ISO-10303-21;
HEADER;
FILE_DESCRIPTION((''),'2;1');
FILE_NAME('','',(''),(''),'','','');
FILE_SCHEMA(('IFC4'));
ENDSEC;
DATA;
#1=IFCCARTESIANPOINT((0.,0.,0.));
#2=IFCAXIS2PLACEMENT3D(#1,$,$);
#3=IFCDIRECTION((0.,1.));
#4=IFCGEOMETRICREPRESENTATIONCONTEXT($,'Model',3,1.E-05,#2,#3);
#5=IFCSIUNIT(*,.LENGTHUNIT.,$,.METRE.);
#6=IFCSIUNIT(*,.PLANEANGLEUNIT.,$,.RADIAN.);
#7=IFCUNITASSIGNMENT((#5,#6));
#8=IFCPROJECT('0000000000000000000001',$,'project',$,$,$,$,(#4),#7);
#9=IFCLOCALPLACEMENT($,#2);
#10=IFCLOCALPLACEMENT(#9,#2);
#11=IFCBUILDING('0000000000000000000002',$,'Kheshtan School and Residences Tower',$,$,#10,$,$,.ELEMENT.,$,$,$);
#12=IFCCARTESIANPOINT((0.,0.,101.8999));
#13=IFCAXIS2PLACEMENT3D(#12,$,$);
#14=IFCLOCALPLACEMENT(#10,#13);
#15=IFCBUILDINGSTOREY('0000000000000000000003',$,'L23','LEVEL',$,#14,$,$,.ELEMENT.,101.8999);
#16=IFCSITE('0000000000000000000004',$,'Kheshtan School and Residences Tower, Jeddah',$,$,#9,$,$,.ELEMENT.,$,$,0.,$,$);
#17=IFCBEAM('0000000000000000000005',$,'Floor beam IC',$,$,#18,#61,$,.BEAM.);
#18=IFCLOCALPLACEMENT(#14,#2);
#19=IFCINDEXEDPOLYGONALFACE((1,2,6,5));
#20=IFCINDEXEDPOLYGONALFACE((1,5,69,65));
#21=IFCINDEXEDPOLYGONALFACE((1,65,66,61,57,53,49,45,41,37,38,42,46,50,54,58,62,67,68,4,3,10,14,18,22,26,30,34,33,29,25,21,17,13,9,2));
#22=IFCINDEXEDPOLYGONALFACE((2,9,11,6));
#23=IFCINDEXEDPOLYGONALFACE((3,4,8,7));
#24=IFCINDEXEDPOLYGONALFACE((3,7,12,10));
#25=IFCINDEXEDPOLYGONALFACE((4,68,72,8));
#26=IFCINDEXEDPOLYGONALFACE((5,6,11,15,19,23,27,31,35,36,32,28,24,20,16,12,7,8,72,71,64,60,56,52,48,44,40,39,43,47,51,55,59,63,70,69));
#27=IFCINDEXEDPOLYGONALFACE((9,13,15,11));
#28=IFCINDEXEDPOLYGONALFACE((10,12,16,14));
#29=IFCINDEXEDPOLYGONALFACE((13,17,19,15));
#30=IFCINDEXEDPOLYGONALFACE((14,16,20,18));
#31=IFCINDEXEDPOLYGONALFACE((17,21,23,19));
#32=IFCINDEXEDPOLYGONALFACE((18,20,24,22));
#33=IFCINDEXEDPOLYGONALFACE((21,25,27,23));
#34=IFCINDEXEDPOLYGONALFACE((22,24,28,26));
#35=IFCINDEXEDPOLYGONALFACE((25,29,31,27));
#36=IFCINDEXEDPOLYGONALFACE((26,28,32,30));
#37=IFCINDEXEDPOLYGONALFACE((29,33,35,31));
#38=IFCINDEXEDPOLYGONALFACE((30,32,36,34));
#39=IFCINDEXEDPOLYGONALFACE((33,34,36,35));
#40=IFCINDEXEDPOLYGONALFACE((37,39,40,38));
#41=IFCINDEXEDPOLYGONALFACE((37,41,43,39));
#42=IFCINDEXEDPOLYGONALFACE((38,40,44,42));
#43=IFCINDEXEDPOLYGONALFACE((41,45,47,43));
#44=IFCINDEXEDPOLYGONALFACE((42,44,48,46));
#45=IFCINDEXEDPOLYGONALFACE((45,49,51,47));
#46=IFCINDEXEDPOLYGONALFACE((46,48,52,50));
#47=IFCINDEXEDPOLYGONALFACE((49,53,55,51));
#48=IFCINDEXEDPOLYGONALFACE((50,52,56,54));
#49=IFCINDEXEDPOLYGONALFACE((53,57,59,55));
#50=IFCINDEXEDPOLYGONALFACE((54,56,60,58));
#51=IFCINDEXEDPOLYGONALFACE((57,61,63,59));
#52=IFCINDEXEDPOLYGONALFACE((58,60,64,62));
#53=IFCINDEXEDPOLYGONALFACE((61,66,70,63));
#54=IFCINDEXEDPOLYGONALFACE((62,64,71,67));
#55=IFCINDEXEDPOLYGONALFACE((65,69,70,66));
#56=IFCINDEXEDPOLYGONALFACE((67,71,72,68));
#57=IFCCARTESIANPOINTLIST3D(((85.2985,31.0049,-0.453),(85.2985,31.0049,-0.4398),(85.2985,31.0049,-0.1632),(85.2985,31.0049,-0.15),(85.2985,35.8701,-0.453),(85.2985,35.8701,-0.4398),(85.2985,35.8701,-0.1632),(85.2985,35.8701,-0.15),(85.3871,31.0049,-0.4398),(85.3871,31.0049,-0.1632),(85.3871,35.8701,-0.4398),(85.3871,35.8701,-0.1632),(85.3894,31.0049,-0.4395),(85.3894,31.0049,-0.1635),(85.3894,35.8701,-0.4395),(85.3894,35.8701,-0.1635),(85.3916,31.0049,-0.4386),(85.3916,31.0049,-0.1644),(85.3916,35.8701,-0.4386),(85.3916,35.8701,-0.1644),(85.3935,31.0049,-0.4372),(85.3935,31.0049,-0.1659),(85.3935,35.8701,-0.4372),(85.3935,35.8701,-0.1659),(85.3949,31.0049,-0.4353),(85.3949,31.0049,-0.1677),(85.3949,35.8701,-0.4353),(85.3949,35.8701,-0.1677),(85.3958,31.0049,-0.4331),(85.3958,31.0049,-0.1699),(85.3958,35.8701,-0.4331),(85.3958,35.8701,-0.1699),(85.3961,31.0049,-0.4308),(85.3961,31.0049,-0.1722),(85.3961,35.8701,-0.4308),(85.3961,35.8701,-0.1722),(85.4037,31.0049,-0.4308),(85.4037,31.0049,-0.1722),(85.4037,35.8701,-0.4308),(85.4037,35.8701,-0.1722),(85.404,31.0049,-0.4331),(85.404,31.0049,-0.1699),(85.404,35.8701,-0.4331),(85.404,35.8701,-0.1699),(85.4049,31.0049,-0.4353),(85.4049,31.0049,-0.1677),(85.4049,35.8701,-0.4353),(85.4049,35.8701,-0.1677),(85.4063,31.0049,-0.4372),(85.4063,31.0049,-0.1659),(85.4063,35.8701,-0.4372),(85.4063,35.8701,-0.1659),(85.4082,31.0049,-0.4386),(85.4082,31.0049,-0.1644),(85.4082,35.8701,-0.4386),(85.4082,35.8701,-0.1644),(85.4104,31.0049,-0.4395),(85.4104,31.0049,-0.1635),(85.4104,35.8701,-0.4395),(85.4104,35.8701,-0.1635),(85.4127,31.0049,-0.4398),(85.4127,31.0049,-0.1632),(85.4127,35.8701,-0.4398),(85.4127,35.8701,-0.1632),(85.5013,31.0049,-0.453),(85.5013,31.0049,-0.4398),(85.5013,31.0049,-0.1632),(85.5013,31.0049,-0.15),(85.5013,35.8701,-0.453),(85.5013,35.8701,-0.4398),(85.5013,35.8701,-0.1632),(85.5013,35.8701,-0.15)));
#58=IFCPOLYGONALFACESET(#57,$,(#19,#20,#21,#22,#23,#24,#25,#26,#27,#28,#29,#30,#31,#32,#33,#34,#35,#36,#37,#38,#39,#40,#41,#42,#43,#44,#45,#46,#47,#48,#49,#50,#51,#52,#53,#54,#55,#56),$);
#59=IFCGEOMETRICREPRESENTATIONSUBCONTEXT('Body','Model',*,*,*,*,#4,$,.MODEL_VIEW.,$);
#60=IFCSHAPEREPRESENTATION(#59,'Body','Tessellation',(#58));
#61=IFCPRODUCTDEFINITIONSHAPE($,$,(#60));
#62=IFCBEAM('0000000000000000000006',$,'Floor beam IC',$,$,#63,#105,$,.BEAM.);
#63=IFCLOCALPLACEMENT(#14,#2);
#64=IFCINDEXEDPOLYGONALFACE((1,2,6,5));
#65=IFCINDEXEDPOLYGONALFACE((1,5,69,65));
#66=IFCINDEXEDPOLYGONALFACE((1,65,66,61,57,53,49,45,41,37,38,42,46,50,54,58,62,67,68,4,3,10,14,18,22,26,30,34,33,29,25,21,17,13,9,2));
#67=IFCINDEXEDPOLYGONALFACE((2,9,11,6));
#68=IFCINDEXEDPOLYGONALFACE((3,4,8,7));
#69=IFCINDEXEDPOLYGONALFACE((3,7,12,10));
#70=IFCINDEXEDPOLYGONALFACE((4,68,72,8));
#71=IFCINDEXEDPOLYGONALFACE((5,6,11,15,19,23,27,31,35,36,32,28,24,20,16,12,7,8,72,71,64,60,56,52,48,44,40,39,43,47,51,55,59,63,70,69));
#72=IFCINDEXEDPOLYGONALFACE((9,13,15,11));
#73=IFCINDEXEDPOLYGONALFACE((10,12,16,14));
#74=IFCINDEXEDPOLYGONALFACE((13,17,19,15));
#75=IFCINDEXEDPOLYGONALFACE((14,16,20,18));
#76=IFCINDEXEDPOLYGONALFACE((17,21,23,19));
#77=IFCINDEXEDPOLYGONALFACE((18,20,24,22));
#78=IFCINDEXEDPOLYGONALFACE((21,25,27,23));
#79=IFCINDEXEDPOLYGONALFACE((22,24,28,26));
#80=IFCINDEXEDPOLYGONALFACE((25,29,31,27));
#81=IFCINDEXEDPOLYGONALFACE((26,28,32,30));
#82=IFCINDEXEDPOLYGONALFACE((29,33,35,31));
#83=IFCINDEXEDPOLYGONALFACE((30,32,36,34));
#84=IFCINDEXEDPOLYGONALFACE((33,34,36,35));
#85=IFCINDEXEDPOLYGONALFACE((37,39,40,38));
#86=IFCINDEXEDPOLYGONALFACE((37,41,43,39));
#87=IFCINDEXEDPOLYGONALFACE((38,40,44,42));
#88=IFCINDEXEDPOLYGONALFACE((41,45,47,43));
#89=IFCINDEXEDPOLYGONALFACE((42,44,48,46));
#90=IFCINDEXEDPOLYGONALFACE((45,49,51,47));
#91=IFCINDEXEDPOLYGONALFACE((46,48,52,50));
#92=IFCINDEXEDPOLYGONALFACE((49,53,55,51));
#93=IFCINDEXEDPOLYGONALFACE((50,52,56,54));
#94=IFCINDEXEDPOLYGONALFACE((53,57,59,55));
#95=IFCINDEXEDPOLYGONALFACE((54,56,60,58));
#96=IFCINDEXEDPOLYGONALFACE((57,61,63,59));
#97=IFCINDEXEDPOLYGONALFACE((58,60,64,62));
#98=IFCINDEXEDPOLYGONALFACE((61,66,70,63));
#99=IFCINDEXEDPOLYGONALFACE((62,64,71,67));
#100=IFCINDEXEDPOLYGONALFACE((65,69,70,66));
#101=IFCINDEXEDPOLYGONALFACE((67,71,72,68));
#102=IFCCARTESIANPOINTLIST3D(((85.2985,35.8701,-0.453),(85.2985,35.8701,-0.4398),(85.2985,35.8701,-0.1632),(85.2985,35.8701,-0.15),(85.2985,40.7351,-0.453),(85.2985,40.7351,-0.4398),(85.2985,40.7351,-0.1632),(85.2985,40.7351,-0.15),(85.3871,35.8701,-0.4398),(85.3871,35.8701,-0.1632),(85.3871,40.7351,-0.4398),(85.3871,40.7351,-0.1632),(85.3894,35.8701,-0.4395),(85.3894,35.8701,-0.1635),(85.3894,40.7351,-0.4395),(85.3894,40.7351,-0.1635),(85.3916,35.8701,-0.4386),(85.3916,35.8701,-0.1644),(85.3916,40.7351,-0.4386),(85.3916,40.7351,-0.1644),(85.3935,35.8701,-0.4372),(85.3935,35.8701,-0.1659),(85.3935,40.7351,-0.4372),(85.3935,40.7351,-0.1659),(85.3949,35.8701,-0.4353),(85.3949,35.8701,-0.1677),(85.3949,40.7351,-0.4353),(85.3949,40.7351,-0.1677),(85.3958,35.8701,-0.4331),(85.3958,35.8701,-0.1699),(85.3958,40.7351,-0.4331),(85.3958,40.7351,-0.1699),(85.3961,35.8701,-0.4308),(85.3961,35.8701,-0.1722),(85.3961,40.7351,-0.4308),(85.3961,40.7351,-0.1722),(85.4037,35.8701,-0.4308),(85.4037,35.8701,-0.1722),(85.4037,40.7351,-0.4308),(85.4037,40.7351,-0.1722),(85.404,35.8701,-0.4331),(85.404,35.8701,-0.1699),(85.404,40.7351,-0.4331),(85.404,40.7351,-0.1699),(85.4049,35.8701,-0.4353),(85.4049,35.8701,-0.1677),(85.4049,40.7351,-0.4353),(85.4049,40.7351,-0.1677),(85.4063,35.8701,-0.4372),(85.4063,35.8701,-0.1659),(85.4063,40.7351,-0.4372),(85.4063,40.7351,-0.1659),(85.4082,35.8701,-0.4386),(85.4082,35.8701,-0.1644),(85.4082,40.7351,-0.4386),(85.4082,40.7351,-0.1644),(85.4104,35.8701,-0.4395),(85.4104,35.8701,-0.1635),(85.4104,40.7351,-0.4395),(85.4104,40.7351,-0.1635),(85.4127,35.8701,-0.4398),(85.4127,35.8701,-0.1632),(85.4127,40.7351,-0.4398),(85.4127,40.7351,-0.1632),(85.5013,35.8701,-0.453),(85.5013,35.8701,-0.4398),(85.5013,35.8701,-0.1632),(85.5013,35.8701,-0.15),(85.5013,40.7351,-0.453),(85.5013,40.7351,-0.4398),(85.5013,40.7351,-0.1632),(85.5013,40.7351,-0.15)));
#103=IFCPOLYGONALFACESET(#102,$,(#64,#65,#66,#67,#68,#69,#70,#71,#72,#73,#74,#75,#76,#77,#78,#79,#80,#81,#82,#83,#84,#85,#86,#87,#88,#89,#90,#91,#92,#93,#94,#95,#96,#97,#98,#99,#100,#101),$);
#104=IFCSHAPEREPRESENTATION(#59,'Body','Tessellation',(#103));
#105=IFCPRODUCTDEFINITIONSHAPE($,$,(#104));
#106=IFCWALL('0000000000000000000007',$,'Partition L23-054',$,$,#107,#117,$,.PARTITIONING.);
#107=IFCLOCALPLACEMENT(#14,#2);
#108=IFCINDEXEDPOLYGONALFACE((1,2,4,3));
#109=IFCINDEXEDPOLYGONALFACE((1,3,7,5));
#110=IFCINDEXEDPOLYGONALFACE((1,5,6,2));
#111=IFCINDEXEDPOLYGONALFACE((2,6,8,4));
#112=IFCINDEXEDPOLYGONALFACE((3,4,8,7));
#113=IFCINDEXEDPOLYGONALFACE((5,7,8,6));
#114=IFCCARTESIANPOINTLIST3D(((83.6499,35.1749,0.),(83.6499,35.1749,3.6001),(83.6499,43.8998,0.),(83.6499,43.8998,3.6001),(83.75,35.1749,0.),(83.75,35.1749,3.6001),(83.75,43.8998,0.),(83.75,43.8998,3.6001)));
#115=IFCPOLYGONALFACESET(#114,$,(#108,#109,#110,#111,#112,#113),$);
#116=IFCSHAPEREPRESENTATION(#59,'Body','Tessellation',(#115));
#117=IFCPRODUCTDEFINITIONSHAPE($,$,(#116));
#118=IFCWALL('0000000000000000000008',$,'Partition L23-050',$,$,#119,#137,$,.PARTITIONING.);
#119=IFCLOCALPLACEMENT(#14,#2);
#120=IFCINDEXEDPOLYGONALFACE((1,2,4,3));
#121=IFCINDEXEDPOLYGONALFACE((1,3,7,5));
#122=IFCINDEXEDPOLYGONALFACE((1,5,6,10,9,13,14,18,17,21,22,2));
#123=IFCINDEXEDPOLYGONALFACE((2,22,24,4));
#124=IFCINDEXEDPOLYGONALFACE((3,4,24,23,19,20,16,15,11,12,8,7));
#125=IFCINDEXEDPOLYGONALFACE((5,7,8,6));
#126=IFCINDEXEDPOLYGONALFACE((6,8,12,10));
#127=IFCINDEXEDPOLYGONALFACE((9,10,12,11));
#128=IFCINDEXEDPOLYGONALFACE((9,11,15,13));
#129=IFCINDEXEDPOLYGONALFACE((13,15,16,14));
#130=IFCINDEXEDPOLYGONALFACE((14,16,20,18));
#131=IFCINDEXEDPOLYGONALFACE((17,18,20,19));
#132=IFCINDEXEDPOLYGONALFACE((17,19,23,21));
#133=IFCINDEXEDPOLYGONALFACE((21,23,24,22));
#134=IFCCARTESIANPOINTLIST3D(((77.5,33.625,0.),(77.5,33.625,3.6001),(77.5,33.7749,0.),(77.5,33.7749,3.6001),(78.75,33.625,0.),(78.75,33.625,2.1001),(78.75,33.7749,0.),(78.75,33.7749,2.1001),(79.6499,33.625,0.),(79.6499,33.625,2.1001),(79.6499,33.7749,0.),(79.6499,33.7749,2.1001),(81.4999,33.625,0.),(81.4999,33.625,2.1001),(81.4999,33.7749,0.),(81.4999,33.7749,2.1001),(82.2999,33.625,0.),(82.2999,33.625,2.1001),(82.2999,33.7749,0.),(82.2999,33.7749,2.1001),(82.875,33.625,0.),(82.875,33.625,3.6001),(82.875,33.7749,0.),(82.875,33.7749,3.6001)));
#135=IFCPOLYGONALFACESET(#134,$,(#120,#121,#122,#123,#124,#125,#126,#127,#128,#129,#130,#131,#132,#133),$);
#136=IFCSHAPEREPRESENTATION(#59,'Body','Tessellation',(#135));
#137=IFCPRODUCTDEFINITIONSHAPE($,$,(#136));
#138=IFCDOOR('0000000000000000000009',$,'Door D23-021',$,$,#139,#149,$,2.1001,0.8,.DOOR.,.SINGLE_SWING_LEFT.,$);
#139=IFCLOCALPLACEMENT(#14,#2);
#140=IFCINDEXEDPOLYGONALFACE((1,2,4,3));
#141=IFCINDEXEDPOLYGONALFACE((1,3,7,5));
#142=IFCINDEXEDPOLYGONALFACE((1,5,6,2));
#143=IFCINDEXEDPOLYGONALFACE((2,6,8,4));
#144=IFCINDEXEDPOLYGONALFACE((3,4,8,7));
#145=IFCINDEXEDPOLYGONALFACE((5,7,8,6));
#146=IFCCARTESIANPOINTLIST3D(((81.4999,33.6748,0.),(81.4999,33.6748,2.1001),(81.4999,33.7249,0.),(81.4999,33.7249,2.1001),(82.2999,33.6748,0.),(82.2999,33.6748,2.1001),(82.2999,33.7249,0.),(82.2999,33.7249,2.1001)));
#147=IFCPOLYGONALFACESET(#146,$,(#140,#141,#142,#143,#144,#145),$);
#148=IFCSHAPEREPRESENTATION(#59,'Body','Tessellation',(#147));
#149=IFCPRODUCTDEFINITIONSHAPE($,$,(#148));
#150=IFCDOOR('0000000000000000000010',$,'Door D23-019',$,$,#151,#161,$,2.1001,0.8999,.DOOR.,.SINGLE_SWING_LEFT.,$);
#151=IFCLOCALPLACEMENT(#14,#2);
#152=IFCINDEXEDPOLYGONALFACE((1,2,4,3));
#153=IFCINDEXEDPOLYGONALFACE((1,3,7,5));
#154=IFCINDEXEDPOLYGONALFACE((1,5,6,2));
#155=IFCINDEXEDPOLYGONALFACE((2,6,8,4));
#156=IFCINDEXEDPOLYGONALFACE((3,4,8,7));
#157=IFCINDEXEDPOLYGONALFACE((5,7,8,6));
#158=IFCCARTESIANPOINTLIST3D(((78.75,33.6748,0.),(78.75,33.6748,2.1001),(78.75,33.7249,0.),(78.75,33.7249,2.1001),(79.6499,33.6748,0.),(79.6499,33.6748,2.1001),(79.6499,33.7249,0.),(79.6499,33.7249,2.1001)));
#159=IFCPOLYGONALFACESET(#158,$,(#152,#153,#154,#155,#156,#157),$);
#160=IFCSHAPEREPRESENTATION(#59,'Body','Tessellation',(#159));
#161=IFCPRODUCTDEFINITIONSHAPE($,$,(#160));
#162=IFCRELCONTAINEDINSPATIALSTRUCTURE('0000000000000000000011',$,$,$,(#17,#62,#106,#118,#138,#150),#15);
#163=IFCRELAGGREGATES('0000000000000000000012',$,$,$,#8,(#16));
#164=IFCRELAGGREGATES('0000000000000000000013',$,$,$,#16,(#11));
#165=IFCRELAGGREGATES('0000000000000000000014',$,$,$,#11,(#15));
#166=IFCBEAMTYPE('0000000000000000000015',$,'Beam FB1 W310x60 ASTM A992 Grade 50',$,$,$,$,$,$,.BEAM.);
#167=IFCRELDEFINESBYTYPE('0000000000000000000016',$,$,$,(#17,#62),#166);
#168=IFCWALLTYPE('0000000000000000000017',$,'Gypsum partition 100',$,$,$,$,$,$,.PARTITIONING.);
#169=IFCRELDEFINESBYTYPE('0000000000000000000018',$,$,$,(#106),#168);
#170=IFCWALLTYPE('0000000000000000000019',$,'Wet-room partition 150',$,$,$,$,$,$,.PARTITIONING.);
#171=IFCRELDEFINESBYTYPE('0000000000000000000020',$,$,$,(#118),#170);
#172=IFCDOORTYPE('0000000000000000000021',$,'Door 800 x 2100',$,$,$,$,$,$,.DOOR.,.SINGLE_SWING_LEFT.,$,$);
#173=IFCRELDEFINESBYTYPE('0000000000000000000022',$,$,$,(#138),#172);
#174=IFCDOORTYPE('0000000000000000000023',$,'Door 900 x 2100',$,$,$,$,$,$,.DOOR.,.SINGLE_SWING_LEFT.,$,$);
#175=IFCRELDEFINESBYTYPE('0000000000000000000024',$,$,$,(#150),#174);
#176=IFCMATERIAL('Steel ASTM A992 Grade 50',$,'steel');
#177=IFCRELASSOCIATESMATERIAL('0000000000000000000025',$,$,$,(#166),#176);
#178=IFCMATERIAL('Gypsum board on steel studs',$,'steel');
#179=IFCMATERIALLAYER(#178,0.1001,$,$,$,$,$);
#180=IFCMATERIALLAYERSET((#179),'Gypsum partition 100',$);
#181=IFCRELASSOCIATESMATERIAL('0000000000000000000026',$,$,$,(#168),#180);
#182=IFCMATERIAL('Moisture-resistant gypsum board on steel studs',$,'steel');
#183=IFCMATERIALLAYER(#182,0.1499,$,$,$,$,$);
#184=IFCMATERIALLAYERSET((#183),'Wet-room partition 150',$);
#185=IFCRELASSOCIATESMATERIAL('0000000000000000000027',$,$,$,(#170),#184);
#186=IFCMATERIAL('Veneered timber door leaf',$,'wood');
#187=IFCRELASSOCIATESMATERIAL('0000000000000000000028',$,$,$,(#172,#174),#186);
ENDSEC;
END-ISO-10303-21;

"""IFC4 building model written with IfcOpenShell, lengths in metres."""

from ifc_helpers import new_model, si_unit, direction, frame, frame_2d, origin, origin_2d, place, context, subcontext, project, spatial, rectangle, i_section, extrude, source, transform, mapped, material, layer, layer_set, material_profile, profile_set, type_object, element, fill, save


model = new_model("IFC4")

# Units and contexts
model_context = context("Model", 3, precision=1e-05, world=origin(), true_north=direction((0.0, 1.0)))
body_context = subcontext(model_context, "Body", "Model", "MODEL_VIEW")
ifc_project = project(units=[si_unit("LENGTHUNIT", "METRE"), si_unit("PLANEANGLEUNIT", "RADIAN")], contexts=[model_context])

# Site, building, storey
site_placement = place(None, origin())
site = spatial("IfcSite", under=ifc_project, at=site_placement, Name="Kheshtan School and Residences Tower, Jeddah", CompositionType="ELEMENT", RefElevation=0.0)
building_placement = place(site_placement, origin())
building = spatial("IfcBuilding", under=site, at=building_placement, Name="Kheshtan School and Residences Tower", CompositionType="ELEMENT")
storey_placement = place(building_placement, frame((0.0, 0.0, 101.8999)))
storey = spatial("IfcBuildingStorey", under=building, at=storey_placement, Name="L23", Description="LEVEL", CompositionType="ELEMENT", Elevation=101.8999)

# Beams
ifc_material_1 = material(Name="Steel ASTM A992 Grade 50", Category="steel")
ifc_material_profile_1 = material_profile(ifc_material_1, i_section(OverallWidth=0.2029, OverallDepth=0.303, WebThickness=0.0076, FlangeThickness=0.0132, FilletRadius=0.009, at=origin_2d()), Name="W310x60")
ifc_profile_set_1 = profile_set([ifc_material_profile_1], Name="Steel ASTM A992 Grade 50")
beam_type = type_object("IfcBeamType", Name="Beam FB1 W310x60 ASTM A992 Grade 50", PredefinedType="BEAM", material=ifc_profile_set_1)
beam_1_placement = place(storey_placement, frame((85.3999, 31.0049, -0.3015), z_axis=(0.0, 1.0, 0.0), x_axis=(-1.0, 0.0, 0.0)))
element("IfcBeam", 1, at=beam_1_placement, inside=storey, type_object=beam_type, Name="Floor beam IC", PredefinedType="BEAM", context=body_context, shape_type="SweptSolid", body=[
    extrude(i_section(OverallWidth=0.2029, OverallDepth=0.303, WebThickness=0.0076, FlangeThickness=0.0132, FilletRadius=0.009, at=origin_2d()), origin(), (0.0, 0.0, 1.0), 4.8652),
])
beam_2_placement = place(storey_placement, frame((85.3999, 40.7351, -0.3015), z_axis=(0.0, -1.0, 0.0), x_axis=(1.0, 0.0, 0.0)))
element("IfcBeam", 2, at=beam_2_placement, inside=storey, type_object=beam_type, Name="Floor beam IC", PredefinedType="BEAM", context=body_context, shape_type="SweptSolid", body=[
    extrude(i_section(OverallWidth=0.2029, OverallDepth=0.303, WebThickness=0.0076, FlangeThickness=0.0132, FilletRadius=0.009, at=origin_2d()), origin(), (0.0, 0.0, 1.0), 4.865),
])

# Wall
ifc_material_2 = material(Name="Gypsum board on steel studs", Category="steel")
ifc_layer_1 = layer(ifc_material_2, 0.1001)
ifc_layer_set_1 = layer_set([ifc_layer_1], Name="Gypsum partition 100")
wall_type_1 = type_object("IfcWallType", Name="Gypsum partition 100", PredefinedType="PARTITIONING", material=ifc_layer_set_1)
wall_1_placement = place(storey_placement, frame((83.7, 35.175, 0.0), z_axis=(0.0, 0.0, 1.0), x_axis=(0.0, 1.0, 0.0)))
element("IfcWall", 3, at=wall_1_placement, inside=storey, type_object=wall_type_1, Name="Partition L23-054", PredefinedType="PARTITIONING", context=body_context, shape_type="SweptSolid", body=[
    extrude(rectangle(XDim=8.7249, YDim=0.1001, at=frame_2d((4.3623, 0.0))), origin(), (0.0, 0.0, 1.0), 3.6001),
])

# Wall, openings, doors
ifc_material_3 = material(Name="Moisture-resistant gypsum board on steel studs", Category="steel")
ifc_layer_2 = layer(ifc_material_3, 0.1499)
ifc_layer_set_2 = layer_set([ifc_layer_2], Name="Wet-room partition 150")
wall_type_2 = type_object("IfcWallType", Name="Wet-room partition 150", PredefinedType="PARTITIONING", material=ifc_layer_set_2)
wall_2_placement = place(storey_placement, frame((77.5, 33.7, 0.0), z_axis=(0.0, 0.0, 1.0), x_axis=(1.0, 0.0, 0.0)))
wall_2 = element("IfcWall", 4, at=wall_2_placement, inside=storey, type_object=wall_type_2, Name="Partition L23-050", PredefinedType="PARTITIONING", context=body_context, shape_type="SweptSolid", body=[
    extrude(rectangle(XDim=5.375, YDim=0.1499, at=frame_2d((2.6875, 0.0))), origin(), (0.0, 0.0, 1.0), 3.6001),
])
opening_1_placement = place(wall_2_placement, frame((1.25, 0.0, 0.0)))
opening_1 = element("IfcOpeningElement", 5, at=opening_1_placement, cuts=wall_2, PredefinedType="OPENING", context=body_context, shape_type="SweptSolid", body=[
    extrude(rectangle(XDim=0.8999, YDim=2.1001, at=frame_2d((0.45, 1.05))), frame((0.0, 0.085, 0.0), z_axis=(0.0, -1.0, 0.0), x_axis=(1.0, 0.0, 0.0)), (0.0, 0.0, 1.0), 0.1699),
])
opening_2_placement = place(wall_2_placement, frame((4.0, 0.0, 0.0)))
opening_2 = element("IfcOpeningElement", 6, at=opening_2_placement, cuts=wall_2, PredefinedType="OPENING", context=body_context, shape_type="SweptSolid", body=[
    extrude(rectangle(XDim=0.8, YDim=2.1001, at=frame_2d((0.3999, 1.05))), frame((0.0, 0.085, 0.0), z_axis=(0.0, -1.0, 0.0), x_axis=(1.0, 0.0, 0.0)), (0.0, 0.0, 1.0), 0.1699),
])
ifc_material_4 = material(Name="Veneered timber door leaf", Category="wood")
door_type_1 = type_object("IfcDoorType", Name="Door 800 x 2100", OperationType="SINGLE_SWING_LEFT", PredefinedType="DOOR", material=ifc_material_4)
shared_shape_1 = source(origin(), body_context, "Body", "SweptSolid", [
    extrude(rectangle(XDim=0.8, YDim=2.1001, at=frame_2d((0.3999, 1.05))), frame((0.0, 0.0249, 0.0), z_axis=(0.0, -1.0, 0.0), x_axis=(1.0, 0.0, 0.0)), (0.0, 0.0, 1.0), 0.05),
])
door_1_placement = place(opening_2_placement, origin())
door_1 = element("IfcDoor", 7, at=door_1_placement, inside=storey, type_object=door_type_1, Name="Door D23-021", OperationType="SINGLE_SWING_LEFT", OverallHeight=2.1001, OverallWidth=0.8, PredefinedType="DOOR", context=body_context, shape_type="MappedRepresentation", body=[
    mapped(shared_shape_1, transform((0.0, 0.0, 0.0), x_axis=(1.0, 0.0, 0.0), y_axis=(0.0, 1.0, 0.0), z_axis=(0.0, 0.0, 1.0), scale=1.0)),
])
fill(opening_2, door_1)
door_type_2 = type_object("IfcDoorType", Name="Door 900 x 2100", OperationType="SINGLE_SWING_LEFT", PredefinedType="DOOR", material=ifc_material_4)
shared_shape_2 = source(origin(), body_context, "Body", "SweptSolid", [
    extrude(rectangle(XDim=0.8999, YDim=2.1001, at=frame_2d((0.45, 1.05))), frame((0.0, 0.0249, 0.0), z_axis=(0.0, -1.0, 0.0), x_axis=(1.0, 0.0, 0.0)), (0.0, 0.0, 1.0), 0.05),
])
door_2_placement = place(opening_1_placement, origin())
door_2 = element("IfcDoor", 8, at=door_2_placement, inside=storey, type_object=door_type_2, Name="Door D23-019", OperationType="SINGLE_SWING_LEFT", OverallHeight=2.1001, OverallWidth=0.8999, PredefinedType="DOOR", context=body_context, shape_type="MappedRepresentation", body=[
    mapped(shared_shape_2, transform((0.0, 0.0, 0.0), x_axis=(1.0, 0.0, 0.0), y_axis=(0.0, 1.0, 0.0), z_axis=(0.0, 0.0, 1.0), scale=1.0)),
])
fill(opening_1, door_2)

save(model, "model.ifc")
